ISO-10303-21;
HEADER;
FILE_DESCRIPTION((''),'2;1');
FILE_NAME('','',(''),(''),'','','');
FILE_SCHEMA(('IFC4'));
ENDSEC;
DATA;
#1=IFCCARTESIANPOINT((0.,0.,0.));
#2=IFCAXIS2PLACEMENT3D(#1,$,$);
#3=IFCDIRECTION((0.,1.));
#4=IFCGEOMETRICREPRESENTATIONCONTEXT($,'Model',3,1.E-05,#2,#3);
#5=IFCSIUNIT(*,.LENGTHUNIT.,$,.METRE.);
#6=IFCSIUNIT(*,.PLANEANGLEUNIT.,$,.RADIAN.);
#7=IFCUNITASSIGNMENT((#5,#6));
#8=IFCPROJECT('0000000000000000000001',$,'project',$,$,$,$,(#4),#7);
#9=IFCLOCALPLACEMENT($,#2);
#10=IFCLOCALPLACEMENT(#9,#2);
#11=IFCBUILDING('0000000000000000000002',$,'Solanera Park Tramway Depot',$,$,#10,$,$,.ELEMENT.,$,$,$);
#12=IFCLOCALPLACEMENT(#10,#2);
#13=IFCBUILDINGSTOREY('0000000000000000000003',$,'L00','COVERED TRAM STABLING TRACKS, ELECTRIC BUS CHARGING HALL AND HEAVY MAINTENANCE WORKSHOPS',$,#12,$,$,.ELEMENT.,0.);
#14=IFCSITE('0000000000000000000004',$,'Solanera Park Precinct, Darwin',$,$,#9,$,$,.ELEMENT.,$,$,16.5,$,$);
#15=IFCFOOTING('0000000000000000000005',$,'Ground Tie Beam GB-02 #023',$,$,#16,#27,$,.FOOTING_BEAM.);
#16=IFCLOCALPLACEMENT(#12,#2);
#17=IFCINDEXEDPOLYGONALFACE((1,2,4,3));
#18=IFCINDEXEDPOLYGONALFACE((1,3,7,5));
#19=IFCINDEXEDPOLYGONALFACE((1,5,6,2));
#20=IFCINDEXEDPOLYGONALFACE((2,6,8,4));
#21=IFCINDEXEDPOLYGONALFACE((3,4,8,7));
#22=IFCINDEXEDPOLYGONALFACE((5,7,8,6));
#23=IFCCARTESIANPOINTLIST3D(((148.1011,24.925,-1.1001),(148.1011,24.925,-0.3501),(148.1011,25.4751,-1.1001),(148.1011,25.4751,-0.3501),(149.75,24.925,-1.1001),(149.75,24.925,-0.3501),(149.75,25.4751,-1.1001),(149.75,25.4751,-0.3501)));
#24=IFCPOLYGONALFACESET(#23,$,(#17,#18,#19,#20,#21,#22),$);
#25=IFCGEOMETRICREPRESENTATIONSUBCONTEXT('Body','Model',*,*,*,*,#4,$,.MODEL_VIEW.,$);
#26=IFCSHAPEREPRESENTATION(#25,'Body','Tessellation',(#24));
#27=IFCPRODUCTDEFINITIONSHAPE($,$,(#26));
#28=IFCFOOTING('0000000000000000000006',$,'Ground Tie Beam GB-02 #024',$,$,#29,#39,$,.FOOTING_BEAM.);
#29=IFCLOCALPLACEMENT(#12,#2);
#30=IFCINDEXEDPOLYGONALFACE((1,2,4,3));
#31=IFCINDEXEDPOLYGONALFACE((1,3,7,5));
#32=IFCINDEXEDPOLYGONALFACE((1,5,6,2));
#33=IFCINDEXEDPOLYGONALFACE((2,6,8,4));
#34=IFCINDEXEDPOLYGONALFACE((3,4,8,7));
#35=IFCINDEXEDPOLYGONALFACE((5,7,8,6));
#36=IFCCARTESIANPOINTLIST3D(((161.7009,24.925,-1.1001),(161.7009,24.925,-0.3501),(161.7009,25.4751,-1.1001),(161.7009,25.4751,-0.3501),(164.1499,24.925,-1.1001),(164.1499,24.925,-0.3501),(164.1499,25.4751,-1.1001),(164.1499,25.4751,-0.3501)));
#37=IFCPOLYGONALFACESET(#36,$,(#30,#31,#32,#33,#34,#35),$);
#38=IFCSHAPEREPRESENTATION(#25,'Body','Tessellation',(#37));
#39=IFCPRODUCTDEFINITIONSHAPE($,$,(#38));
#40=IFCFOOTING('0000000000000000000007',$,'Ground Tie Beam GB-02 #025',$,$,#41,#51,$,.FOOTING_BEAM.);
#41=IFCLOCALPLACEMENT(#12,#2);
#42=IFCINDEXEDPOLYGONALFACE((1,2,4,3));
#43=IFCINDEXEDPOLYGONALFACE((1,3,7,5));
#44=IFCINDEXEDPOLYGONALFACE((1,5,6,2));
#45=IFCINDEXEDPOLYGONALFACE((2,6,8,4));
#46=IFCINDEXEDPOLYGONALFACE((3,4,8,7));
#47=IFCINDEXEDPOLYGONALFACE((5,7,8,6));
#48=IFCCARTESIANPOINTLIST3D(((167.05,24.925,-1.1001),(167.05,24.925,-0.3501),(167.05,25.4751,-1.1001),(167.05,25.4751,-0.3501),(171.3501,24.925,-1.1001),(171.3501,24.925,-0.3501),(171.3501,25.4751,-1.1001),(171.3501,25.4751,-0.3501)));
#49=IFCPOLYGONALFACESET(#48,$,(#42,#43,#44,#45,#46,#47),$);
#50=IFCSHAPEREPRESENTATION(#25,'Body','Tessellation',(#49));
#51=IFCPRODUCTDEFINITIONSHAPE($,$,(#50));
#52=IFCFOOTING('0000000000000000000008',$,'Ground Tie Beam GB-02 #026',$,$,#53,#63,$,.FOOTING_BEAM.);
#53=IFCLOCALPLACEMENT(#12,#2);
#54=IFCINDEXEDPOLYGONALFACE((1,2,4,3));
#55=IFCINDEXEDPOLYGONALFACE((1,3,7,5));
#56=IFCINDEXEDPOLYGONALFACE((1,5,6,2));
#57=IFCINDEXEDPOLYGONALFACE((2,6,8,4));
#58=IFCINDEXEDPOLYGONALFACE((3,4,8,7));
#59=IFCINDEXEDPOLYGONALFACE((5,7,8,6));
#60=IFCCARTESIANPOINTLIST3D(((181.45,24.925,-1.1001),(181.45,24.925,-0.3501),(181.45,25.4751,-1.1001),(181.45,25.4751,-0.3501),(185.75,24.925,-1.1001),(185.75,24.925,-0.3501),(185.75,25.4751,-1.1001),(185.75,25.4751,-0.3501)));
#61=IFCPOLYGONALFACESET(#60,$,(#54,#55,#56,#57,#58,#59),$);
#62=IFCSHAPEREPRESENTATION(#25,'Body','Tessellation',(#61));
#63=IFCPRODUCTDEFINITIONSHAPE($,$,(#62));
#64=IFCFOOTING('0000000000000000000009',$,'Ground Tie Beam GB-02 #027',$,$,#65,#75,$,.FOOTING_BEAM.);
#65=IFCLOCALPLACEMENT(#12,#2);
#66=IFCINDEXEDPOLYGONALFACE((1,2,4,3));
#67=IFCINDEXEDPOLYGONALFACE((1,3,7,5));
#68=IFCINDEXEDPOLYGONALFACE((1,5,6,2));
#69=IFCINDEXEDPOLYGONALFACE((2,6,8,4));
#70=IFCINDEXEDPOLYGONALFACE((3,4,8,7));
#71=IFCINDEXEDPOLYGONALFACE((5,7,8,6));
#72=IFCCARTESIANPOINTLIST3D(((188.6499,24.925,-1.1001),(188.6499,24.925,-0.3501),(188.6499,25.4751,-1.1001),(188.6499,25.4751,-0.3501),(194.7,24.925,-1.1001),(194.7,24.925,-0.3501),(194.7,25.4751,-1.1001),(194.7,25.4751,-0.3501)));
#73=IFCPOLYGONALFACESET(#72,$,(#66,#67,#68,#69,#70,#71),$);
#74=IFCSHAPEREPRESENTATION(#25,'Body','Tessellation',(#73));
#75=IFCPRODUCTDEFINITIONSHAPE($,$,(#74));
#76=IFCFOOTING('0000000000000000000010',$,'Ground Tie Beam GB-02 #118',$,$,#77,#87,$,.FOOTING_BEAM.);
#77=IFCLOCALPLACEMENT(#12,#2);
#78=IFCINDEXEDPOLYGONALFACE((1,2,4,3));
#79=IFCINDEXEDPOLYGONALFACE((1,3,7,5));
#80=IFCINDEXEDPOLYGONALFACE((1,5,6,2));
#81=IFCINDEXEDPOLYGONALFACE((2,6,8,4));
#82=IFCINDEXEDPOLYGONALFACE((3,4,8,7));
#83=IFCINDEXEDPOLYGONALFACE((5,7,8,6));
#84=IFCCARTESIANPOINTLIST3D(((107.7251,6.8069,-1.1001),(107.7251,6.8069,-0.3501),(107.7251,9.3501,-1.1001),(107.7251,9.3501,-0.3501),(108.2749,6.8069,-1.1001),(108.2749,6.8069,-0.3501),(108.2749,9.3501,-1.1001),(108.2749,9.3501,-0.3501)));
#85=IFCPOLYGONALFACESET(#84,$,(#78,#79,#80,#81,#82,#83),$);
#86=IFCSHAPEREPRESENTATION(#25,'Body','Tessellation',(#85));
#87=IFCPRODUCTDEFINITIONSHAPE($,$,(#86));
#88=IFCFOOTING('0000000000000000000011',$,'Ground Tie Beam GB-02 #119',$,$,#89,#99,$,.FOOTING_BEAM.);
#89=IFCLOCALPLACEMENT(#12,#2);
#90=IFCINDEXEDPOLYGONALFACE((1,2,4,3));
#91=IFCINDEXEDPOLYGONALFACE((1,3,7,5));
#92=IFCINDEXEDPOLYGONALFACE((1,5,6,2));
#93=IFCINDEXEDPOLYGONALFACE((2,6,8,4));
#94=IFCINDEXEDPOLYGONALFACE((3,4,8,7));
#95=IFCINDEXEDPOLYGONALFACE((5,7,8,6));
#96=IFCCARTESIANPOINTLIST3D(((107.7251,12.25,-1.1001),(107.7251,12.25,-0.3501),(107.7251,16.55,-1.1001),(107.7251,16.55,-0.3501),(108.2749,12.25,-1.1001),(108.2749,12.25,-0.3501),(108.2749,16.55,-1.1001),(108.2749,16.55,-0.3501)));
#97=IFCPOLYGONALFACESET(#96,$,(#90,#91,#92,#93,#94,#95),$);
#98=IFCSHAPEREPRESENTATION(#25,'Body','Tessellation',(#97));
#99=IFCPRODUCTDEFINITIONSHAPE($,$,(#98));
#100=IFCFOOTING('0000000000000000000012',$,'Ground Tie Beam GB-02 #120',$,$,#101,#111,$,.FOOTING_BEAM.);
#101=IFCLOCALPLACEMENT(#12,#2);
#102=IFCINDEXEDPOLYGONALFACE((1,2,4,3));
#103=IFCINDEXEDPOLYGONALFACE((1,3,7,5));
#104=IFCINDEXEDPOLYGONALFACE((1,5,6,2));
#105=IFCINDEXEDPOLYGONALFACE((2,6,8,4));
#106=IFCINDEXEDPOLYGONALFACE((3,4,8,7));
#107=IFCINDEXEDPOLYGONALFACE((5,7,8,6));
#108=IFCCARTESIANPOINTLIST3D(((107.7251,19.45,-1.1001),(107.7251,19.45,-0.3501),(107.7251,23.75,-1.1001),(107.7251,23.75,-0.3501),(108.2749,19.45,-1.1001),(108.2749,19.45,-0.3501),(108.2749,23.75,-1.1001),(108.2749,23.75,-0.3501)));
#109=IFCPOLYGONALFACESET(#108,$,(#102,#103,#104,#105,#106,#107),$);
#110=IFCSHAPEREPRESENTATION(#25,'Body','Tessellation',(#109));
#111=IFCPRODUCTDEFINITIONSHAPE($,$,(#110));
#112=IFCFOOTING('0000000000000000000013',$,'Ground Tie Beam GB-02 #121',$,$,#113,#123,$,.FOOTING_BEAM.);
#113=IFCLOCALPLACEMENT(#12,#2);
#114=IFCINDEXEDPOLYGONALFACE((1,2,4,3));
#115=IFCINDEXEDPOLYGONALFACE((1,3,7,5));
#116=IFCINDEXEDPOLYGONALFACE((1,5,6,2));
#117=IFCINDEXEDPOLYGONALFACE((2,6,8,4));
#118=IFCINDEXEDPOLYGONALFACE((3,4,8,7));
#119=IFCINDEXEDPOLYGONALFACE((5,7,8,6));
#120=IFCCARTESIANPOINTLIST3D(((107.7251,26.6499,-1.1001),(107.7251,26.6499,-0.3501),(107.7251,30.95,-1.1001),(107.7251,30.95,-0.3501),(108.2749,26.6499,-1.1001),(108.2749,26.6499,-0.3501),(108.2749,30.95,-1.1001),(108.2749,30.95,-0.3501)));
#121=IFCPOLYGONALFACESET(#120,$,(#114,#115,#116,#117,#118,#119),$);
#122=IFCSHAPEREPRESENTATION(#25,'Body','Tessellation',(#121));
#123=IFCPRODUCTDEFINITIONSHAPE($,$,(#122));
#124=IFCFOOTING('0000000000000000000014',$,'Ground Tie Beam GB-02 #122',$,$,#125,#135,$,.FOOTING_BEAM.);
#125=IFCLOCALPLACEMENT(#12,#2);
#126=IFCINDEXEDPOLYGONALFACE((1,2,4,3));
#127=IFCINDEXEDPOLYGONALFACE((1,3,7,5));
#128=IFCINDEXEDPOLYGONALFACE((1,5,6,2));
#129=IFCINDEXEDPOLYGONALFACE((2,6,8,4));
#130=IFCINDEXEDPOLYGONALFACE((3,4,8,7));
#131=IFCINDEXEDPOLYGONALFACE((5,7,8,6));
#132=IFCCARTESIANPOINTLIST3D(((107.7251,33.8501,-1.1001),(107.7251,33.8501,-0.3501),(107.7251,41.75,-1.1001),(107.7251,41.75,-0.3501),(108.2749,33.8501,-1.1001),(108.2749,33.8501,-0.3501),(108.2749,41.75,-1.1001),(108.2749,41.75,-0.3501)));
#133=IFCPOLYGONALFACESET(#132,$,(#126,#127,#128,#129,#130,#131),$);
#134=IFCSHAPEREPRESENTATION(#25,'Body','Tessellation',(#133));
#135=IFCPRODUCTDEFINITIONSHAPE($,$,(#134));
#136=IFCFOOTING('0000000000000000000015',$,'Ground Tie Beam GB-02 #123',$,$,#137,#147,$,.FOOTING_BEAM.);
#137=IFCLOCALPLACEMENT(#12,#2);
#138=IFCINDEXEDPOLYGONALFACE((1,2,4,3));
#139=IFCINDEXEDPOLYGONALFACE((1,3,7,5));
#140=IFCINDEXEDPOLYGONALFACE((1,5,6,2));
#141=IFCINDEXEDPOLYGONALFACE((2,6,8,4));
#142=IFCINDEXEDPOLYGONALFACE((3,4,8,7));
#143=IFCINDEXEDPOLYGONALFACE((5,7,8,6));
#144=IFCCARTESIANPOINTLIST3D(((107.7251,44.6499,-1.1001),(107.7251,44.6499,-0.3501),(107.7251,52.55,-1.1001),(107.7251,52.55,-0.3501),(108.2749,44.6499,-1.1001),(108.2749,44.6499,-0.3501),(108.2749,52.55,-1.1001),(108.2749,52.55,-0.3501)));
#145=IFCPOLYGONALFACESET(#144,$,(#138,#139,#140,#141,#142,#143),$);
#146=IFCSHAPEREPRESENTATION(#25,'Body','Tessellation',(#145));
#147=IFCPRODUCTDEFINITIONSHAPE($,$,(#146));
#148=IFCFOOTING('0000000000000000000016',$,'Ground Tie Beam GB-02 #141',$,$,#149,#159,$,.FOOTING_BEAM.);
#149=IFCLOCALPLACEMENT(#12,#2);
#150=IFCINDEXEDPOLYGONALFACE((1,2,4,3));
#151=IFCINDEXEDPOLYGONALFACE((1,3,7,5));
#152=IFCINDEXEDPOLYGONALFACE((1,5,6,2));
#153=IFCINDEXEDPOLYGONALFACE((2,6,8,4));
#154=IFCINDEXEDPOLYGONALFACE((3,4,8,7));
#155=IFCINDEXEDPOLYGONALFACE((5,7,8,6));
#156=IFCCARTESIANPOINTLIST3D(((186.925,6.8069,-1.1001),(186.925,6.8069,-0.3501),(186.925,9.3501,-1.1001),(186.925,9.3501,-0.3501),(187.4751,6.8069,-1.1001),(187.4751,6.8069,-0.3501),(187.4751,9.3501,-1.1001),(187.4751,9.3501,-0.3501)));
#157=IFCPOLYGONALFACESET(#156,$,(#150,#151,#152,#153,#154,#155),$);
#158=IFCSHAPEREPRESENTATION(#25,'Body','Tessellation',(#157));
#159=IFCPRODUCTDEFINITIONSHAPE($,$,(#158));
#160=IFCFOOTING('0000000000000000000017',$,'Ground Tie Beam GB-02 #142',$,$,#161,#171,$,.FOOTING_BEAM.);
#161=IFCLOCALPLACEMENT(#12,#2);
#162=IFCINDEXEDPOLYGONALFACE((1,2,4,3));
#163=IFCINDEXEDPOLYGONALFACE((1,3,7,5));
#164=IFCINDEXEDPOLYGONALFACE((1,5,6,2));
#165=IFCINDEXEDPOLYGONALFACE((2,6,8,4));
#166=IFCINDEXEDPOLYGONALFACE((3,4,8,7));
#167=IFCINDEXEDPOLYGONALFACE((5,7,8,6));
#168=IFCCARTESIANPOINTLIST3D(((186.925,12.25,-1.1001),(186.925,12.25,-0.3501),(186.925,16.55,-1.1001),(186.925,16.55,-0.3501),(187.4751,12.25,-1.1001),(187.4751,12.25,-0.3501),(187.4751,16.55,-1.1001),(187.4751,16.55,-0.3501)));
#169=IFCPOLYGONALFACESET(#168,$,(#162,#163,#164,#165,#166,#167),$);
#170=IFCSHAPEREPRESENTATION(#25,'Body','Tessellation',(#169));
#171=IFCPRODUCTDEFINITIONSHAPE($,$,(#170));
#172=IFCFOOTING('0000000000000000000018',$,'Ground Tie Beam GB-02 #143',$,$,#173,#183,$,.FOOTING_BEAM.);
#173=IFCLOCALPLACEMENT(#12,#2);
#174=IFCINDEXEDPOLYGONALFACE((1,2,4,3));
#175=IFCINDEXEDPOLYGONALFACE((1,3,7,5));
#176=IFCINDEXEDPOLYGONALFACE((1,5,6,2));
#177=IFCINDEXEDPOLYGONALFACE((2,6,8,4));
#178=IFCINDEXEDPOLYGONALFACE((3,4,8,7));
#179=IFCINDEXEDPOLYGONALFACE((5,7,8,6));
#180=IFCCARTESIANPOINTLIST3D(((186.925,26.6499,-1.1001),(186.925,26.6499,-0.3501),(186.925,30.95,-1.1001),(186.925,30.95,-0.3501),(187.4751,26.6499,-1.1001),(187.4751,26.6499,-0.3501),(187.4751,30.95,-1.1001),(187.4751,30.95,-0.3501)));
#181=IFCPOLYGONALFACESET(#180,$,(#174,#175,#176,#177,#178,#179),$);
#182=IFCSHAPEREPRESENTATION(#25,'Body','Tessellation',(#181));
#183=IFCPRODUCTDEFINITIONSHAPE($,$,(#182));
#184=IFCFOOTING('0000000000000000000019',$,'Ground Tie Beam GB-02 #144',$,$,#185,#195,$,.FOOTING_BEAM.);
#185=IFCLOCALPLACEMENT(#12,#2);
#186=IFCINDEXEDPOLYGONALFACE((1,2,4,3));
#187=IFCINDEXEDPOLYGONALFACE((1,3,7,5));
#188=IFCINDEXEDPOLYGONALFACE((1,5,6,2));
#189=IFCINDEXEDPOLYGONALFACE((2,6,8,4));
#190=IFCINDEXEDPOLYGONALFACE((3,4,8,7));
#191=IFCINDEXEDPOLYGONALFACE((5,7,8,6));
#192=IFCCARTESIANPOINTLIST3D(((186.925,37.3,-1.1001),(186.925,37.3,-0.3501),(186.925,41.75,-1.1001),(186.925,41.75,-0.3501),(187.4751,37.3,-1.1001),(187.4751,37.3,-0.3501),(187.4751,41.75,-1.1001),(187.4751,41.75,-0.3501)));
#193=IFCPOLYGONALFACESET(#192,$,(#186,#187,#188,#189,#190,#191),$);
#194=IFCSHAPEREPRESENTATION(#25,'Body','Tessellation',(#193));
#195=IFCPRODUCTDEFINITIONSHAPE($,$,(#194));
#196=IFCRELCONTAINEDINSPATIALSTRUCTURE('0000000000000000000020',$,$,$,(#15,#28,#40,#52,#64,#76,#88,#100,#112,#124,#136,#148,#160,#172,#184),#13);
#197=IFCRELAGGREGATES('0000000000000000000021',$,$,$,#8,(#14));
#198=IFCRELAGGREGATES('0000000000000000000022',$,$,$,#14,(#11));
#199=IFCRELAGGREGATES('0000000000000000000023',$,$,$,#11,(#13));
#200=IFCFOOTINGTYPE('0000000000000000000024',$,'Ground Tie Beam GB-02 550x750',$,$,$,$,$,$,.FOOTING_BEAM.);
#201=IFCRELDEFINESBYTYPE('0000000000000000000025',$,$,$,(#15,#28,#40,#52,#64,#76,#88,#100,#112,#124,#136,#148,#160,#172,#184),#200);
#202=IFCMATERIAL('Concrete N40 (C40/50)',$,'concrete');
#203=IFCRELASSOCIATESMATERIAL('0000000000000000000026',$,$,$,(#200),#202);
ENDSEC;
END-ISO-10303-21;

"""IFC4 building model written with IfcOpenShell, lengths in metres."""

from ifc_helpers import new_model, si_unit, direction, frame, origin, place, context, subcontext, project, spatial, polyline, outline, extrude, material, type_object, element, save


model = new_model("IFC4")

# Units and contexts
model_context = context("Model", 3, precision=1e-05, world=origin(), true_north=direction((0.0, 1.0)))
body_context = subcontext(model_context, "Body", "Model", "MODEL_VIEW")
ifc_project = project(units=[si_unit("LENGTHUNIT", "METRE"), si_unit("PLANEANGLEUNIT", "RADIAN")], contexts=[model_context])

# Site, building, storey
site_placement = place(None, origin())
site = spatial("IfcSite", under=ifc_project, at=site_placement, Name="Solanera Park Precinct, Darwin", CompositionType="ELEMENT", RefElevation=16.5)
building_placement = place(site_placement, origin())
building = spatial("IfcBuilding", under=site, at=building_placement, Name="Solanera Park Tramway Depot", CompositionType="ELEMENT")
storey_placement = place(building_placement, origin())
storey = spatial("IfcBuildingStorey", under=building, at=storey_placement, Name="L00", Description="COVERED TRAM STABLING TRACKS, ELECTRIC BUS CHARGING HALL AND HEAVY MAINTENANCE WORKSHOPS", CompositionType="ELEMENT", Elevation=0.0)

# Footings
ifc_material_1 = material(Name="Concrete N40 (C40/50)", Category="concrete")
footing_type_1 = type_object("IfcFootingType", Name="Ground Tie Beam GB-02 550x750", PredefinedType="FOOTING_BEAM", material=ifc_material_1)
footing_1_placement = place(storey_placement, frame((0.0, 0.0, -1.1001)))
element("IfcFooting", 1, at=footing_1_placement, inside=storey, type_object=footing_type_1, Name="Ground Tie Beam GB-02 #023", PredefinedType="FOOTING_BEAM", context=body_context, shape_type="SweptSolid", body=[
    extrude(outline(polyline([(149.75, 24.925), (149.75, 25.4751), (148.1011, 25.4751), (148.1011, 24.925), (149.75, 24.925)])), origin(), (0.0, 0.0, 1.0), 0.75),
])
footing_2_placement = place(storey_placement, frame((0.0, 0.0, -1.1001)))
element("IfcFooting", 2, at=footing_2_placement, inside=storey, type_object=footing_type_1, Name="Ground Tie Beam GB-02 #024", PredefinedType="FOOTING_BEAM", context=body_context, shape_type="SweptSolid", body=[
    extrude(outline(polyline([(164.1499, 24.925), (164.1499, 25.4751), (161.7009, 25.4751), (161.7009, 24.925), (164.1499, 24.925)])), origin(), (0.0, 0.0, 1.0), 0.75),
])
footing_3_placement = place(storey_placement, frame((0.0, 0.0, -1.1001)))
element("IfcFooting", 3, at=footing_3_placement, inside=storey, type_object=footing_type_1, Name="Ground Tie Beam GB-02 #025", PredefinedType="FOOTING_BEAM", context=body_context, shape_type="SweptSolid", body=[
    extrude(outline(polyline([(171.3501, 24.925), (171.3501, 25.4751), (167.05, 25.4751), (167.05, 24.925), (171.3501, 24.925)])), origin(), (0.0, 0.0, 1.0), 0.75),
])
footing_4_placement = place(storey_placement, frame((0.0, 0.0, -1.1001)))
element("IfcFooting", 4, at=footing_4_placement, inside=storey, type_object=footing_type_1, Name="Ground Tie Beam GB-02 #026", PredefinedType="FOOTING_BEAM", context=body_context, shape_type="SweptSolid", body=[
    extrude(outline(polyline([(185.75, 24.925), (185.75, 25.4751), (181.45, 25.4751), (181.45, 24.925), (185.75, 24.925)])), origin(), (0.0, 0.0, 1.0), 0.75),
])
footing_5_placement = place(storey_placement, frame((0.0, 0.0, -1.1001)))
element("IfcFooting", 5, at=footing_5_placement, inside=storey, type_object=footing_type_1, Name="Ground Tie Beam GB-02 #027", PredefinedType="FOOTING_BEAM", context=body_context, shape_type="SweptSolid", body=[
    extrude(outline(polyline([(194.7, 24.925), (194.7, 25.4751), (188.6499, 25.4751), (188.6499, 24.925), (194.7, 24.925)])), origin(), (0.0, 0.0, 1.0), 0.75),
])
footing_6_placement = place(storey_placement, frame((0.0, 0.0, -1.1001)))
element("IfcFooting", 6, at=footing_6_placement, inside=storey, type_object=footing_type_1, Name="Ground Tie Beam GB-02 #118", PredefinedType="FOOTING_BEAM", context=body_context, shape_type="SweptSolid", body=[
    extrude(outline(polyline([(108.2749, 6.8069), (108.2749, 9.3501), (107.7251, 9.3501), (107.7251, 6.8069), (108.2749, 6.8069)])), origin(), (0.0, 0.0, 1.0), 0.75),
])
footing_7_placement = place(storey_placement, frame((0.0, 0.0, -1.1001)))
element("IfcFooting", 7, at=footing_7_placement, inside=storey, type_object=footing_type_1, Name="Ground Tie Beam GB-02 #119", PredefinedType="FOOTING_BEAM", context=body_context, shape_type="SweptSolid", body=[
    extrude(outline(polyline([(108.2749, 12.25), (108.2749, 16.55), (107.7251, 16.55), (107.7251, 12.25), (108.2749, 12.25)])), origin(), (0.0, 0.0, 1.0), 0.75),
])
footing_8_placement = place(storey_placement, frame((0.0, 0.0, -1.1001)))
element("IfcFooting", 8, at=footing_8_placement, inside=storey, type_object=footing_type_1, Name="Ground Tie Beam GB-02 #120", PredefinedType="FOOTING_BEAM", context=body_context, shape_type="SweptSolid", body=[
    extrude(outline(polyline([(108.2749, 19.45), (108.2749, 23.75), (107.7251, 23.75), (107.7251, 19.45), (108.2749, 19.45)])), origin(), (0.0, 0.0, 1.0), 0.75),
])
footing_9_placement = place(storey_placement, frame((0.0, 0.0, -1.1001)))
element("IfcFooting", 9, at=footing_9_placement, inside=storey, type_object=footing_type_1, Name="Ground Tie Beam GB-02 #121", PredefinedType="FOOTING_BEAM", context=body_context, shape_type="SweptSolid", body=[
    extrude(outline(polyline([(108.2749, 26.6499), (108.2749, 30.95), (107.7251, 30.95), (107.7251, 26.6499), (108.2749, 26.6499)])), origin(), (0.0, 0.0, 1.0), 0.75),
])
footing_10_placement = place(storey_placement, frame((0.0, 0.0, -1.1001)))
element("IfcFooting", 10, at=footing_10_placement, inside=storey, type_object=footing_type_1, Name="Ground Tie Beam GB-02 #122", PredefinedType="FOOTING_BEAM", context=body_context, shape_type="SweptSolid", body=[
    extrude(outline(polyline([(108.2749, 33.8501), (108.2749, 41.75), (107.7251, 41.75), (107.7251, 33.8501), (108.2749, 33.8501)])), origin(), (0.0, 0.0, 1.0), 0.75),
])
footing_11_placement = place(storey_placement, frame((0.0, 0.0, -1.1001)))
element("IfcFooting", 11, at=footing_11_placement, inside=storey, type_object=footing_type_1, Name="Ground Tie Beam GB-02 #123", PredefinedType="FOOTING_BEAM", context=body_context, shape_type="SweptSolid", body=[
    extrude(outline(polyline([(108.2749, 44.6499), (108.2749, 52.55), (107.7251, 52.55), (107.7251, 44.6499), (108.2749, 44.6499)])), origin(), (0.0, 0.0, 1.0), 0.75),
])
footing_12_placement = place(storey_placement, frame((0.0, 0.0, -1.1001)))
element("IfcFooting", 12, at=footing_12_placement, inside=storey, type_object=footing_type_1, Name="Ground Tie Beam GB-02 #141", PredefinedType="FOOTING_BEAM", context=body_context, shape_type="SweptSolid", body=[
    extrude(outline(polyline([(187.4751, 6.8069), (187.4751, 9.3501), (186.925, 9.3501), (186.925, 6.8069), (187.4751, 6.8069)])), origin(), (0.0, 0.0, 1.0), 0.75),
])
footing_13_placement = place(storey_placement, frame((0.0, 0.0, -1.1001)))
element("IfcFooting", 13, at=footing_13_placement, inside=storey, type_object=footing_type_1, Name="Ground Tie Beam GB-02 #142", PredefinedType="FOOTING_BEAM", context=body_context, shape_type="SweptSolid", body=[
    extrude(outline(polyline([(187.4751, 12.25), (187.4751, 16.55), (186.925, 16.55), (186.925, 12.25), (187.4751, 12.25)])), origin(), (0.0, 0.0, 1.0), 0.75),
])
footing_14_placement = place(storey_placement, frame((0.0, 0.0, -1.1001)))
element("IfcFooting", 14, at=footing_14_placement, inside=storey, type_object=footing_type_1, Name="Ground Tie Beam GB-02 #143", PredefinedType="FOOTING_BEAM", context=body_context, shape_type="SweptSolid", body=[
    extrude(outline(polyline([(187.4751, 26.6499), (187.4751, 30.95), (186.925, 30.95), (186.925, 26.6499), (187.4751, 26.6499)])), origin(), (0.0, 0.0, 1.0), 0.75),
])
footing_15_placement = place(storey_placement, frame((0.0, 0.0, -1.1001)))
element("IfcFooting", 15, at=footing_15_placement, inside=storey, type_object=footing_type_1, Name="Ground Tie Beam GB-02 #144", PredefinedType="FOOTING_BEAM", context=body_context, shape_type="SweptSolid", body=[
    extrude(outline(polyline([(187.4751, 37.3), (187.4751, 41.75), (186.925, 41.75), (186.925, 37.3), (187.4751, 37.3)])), origin(), (0.0, 0.0, 1.0), 0.75),
])

save(model, "model.ifc")
